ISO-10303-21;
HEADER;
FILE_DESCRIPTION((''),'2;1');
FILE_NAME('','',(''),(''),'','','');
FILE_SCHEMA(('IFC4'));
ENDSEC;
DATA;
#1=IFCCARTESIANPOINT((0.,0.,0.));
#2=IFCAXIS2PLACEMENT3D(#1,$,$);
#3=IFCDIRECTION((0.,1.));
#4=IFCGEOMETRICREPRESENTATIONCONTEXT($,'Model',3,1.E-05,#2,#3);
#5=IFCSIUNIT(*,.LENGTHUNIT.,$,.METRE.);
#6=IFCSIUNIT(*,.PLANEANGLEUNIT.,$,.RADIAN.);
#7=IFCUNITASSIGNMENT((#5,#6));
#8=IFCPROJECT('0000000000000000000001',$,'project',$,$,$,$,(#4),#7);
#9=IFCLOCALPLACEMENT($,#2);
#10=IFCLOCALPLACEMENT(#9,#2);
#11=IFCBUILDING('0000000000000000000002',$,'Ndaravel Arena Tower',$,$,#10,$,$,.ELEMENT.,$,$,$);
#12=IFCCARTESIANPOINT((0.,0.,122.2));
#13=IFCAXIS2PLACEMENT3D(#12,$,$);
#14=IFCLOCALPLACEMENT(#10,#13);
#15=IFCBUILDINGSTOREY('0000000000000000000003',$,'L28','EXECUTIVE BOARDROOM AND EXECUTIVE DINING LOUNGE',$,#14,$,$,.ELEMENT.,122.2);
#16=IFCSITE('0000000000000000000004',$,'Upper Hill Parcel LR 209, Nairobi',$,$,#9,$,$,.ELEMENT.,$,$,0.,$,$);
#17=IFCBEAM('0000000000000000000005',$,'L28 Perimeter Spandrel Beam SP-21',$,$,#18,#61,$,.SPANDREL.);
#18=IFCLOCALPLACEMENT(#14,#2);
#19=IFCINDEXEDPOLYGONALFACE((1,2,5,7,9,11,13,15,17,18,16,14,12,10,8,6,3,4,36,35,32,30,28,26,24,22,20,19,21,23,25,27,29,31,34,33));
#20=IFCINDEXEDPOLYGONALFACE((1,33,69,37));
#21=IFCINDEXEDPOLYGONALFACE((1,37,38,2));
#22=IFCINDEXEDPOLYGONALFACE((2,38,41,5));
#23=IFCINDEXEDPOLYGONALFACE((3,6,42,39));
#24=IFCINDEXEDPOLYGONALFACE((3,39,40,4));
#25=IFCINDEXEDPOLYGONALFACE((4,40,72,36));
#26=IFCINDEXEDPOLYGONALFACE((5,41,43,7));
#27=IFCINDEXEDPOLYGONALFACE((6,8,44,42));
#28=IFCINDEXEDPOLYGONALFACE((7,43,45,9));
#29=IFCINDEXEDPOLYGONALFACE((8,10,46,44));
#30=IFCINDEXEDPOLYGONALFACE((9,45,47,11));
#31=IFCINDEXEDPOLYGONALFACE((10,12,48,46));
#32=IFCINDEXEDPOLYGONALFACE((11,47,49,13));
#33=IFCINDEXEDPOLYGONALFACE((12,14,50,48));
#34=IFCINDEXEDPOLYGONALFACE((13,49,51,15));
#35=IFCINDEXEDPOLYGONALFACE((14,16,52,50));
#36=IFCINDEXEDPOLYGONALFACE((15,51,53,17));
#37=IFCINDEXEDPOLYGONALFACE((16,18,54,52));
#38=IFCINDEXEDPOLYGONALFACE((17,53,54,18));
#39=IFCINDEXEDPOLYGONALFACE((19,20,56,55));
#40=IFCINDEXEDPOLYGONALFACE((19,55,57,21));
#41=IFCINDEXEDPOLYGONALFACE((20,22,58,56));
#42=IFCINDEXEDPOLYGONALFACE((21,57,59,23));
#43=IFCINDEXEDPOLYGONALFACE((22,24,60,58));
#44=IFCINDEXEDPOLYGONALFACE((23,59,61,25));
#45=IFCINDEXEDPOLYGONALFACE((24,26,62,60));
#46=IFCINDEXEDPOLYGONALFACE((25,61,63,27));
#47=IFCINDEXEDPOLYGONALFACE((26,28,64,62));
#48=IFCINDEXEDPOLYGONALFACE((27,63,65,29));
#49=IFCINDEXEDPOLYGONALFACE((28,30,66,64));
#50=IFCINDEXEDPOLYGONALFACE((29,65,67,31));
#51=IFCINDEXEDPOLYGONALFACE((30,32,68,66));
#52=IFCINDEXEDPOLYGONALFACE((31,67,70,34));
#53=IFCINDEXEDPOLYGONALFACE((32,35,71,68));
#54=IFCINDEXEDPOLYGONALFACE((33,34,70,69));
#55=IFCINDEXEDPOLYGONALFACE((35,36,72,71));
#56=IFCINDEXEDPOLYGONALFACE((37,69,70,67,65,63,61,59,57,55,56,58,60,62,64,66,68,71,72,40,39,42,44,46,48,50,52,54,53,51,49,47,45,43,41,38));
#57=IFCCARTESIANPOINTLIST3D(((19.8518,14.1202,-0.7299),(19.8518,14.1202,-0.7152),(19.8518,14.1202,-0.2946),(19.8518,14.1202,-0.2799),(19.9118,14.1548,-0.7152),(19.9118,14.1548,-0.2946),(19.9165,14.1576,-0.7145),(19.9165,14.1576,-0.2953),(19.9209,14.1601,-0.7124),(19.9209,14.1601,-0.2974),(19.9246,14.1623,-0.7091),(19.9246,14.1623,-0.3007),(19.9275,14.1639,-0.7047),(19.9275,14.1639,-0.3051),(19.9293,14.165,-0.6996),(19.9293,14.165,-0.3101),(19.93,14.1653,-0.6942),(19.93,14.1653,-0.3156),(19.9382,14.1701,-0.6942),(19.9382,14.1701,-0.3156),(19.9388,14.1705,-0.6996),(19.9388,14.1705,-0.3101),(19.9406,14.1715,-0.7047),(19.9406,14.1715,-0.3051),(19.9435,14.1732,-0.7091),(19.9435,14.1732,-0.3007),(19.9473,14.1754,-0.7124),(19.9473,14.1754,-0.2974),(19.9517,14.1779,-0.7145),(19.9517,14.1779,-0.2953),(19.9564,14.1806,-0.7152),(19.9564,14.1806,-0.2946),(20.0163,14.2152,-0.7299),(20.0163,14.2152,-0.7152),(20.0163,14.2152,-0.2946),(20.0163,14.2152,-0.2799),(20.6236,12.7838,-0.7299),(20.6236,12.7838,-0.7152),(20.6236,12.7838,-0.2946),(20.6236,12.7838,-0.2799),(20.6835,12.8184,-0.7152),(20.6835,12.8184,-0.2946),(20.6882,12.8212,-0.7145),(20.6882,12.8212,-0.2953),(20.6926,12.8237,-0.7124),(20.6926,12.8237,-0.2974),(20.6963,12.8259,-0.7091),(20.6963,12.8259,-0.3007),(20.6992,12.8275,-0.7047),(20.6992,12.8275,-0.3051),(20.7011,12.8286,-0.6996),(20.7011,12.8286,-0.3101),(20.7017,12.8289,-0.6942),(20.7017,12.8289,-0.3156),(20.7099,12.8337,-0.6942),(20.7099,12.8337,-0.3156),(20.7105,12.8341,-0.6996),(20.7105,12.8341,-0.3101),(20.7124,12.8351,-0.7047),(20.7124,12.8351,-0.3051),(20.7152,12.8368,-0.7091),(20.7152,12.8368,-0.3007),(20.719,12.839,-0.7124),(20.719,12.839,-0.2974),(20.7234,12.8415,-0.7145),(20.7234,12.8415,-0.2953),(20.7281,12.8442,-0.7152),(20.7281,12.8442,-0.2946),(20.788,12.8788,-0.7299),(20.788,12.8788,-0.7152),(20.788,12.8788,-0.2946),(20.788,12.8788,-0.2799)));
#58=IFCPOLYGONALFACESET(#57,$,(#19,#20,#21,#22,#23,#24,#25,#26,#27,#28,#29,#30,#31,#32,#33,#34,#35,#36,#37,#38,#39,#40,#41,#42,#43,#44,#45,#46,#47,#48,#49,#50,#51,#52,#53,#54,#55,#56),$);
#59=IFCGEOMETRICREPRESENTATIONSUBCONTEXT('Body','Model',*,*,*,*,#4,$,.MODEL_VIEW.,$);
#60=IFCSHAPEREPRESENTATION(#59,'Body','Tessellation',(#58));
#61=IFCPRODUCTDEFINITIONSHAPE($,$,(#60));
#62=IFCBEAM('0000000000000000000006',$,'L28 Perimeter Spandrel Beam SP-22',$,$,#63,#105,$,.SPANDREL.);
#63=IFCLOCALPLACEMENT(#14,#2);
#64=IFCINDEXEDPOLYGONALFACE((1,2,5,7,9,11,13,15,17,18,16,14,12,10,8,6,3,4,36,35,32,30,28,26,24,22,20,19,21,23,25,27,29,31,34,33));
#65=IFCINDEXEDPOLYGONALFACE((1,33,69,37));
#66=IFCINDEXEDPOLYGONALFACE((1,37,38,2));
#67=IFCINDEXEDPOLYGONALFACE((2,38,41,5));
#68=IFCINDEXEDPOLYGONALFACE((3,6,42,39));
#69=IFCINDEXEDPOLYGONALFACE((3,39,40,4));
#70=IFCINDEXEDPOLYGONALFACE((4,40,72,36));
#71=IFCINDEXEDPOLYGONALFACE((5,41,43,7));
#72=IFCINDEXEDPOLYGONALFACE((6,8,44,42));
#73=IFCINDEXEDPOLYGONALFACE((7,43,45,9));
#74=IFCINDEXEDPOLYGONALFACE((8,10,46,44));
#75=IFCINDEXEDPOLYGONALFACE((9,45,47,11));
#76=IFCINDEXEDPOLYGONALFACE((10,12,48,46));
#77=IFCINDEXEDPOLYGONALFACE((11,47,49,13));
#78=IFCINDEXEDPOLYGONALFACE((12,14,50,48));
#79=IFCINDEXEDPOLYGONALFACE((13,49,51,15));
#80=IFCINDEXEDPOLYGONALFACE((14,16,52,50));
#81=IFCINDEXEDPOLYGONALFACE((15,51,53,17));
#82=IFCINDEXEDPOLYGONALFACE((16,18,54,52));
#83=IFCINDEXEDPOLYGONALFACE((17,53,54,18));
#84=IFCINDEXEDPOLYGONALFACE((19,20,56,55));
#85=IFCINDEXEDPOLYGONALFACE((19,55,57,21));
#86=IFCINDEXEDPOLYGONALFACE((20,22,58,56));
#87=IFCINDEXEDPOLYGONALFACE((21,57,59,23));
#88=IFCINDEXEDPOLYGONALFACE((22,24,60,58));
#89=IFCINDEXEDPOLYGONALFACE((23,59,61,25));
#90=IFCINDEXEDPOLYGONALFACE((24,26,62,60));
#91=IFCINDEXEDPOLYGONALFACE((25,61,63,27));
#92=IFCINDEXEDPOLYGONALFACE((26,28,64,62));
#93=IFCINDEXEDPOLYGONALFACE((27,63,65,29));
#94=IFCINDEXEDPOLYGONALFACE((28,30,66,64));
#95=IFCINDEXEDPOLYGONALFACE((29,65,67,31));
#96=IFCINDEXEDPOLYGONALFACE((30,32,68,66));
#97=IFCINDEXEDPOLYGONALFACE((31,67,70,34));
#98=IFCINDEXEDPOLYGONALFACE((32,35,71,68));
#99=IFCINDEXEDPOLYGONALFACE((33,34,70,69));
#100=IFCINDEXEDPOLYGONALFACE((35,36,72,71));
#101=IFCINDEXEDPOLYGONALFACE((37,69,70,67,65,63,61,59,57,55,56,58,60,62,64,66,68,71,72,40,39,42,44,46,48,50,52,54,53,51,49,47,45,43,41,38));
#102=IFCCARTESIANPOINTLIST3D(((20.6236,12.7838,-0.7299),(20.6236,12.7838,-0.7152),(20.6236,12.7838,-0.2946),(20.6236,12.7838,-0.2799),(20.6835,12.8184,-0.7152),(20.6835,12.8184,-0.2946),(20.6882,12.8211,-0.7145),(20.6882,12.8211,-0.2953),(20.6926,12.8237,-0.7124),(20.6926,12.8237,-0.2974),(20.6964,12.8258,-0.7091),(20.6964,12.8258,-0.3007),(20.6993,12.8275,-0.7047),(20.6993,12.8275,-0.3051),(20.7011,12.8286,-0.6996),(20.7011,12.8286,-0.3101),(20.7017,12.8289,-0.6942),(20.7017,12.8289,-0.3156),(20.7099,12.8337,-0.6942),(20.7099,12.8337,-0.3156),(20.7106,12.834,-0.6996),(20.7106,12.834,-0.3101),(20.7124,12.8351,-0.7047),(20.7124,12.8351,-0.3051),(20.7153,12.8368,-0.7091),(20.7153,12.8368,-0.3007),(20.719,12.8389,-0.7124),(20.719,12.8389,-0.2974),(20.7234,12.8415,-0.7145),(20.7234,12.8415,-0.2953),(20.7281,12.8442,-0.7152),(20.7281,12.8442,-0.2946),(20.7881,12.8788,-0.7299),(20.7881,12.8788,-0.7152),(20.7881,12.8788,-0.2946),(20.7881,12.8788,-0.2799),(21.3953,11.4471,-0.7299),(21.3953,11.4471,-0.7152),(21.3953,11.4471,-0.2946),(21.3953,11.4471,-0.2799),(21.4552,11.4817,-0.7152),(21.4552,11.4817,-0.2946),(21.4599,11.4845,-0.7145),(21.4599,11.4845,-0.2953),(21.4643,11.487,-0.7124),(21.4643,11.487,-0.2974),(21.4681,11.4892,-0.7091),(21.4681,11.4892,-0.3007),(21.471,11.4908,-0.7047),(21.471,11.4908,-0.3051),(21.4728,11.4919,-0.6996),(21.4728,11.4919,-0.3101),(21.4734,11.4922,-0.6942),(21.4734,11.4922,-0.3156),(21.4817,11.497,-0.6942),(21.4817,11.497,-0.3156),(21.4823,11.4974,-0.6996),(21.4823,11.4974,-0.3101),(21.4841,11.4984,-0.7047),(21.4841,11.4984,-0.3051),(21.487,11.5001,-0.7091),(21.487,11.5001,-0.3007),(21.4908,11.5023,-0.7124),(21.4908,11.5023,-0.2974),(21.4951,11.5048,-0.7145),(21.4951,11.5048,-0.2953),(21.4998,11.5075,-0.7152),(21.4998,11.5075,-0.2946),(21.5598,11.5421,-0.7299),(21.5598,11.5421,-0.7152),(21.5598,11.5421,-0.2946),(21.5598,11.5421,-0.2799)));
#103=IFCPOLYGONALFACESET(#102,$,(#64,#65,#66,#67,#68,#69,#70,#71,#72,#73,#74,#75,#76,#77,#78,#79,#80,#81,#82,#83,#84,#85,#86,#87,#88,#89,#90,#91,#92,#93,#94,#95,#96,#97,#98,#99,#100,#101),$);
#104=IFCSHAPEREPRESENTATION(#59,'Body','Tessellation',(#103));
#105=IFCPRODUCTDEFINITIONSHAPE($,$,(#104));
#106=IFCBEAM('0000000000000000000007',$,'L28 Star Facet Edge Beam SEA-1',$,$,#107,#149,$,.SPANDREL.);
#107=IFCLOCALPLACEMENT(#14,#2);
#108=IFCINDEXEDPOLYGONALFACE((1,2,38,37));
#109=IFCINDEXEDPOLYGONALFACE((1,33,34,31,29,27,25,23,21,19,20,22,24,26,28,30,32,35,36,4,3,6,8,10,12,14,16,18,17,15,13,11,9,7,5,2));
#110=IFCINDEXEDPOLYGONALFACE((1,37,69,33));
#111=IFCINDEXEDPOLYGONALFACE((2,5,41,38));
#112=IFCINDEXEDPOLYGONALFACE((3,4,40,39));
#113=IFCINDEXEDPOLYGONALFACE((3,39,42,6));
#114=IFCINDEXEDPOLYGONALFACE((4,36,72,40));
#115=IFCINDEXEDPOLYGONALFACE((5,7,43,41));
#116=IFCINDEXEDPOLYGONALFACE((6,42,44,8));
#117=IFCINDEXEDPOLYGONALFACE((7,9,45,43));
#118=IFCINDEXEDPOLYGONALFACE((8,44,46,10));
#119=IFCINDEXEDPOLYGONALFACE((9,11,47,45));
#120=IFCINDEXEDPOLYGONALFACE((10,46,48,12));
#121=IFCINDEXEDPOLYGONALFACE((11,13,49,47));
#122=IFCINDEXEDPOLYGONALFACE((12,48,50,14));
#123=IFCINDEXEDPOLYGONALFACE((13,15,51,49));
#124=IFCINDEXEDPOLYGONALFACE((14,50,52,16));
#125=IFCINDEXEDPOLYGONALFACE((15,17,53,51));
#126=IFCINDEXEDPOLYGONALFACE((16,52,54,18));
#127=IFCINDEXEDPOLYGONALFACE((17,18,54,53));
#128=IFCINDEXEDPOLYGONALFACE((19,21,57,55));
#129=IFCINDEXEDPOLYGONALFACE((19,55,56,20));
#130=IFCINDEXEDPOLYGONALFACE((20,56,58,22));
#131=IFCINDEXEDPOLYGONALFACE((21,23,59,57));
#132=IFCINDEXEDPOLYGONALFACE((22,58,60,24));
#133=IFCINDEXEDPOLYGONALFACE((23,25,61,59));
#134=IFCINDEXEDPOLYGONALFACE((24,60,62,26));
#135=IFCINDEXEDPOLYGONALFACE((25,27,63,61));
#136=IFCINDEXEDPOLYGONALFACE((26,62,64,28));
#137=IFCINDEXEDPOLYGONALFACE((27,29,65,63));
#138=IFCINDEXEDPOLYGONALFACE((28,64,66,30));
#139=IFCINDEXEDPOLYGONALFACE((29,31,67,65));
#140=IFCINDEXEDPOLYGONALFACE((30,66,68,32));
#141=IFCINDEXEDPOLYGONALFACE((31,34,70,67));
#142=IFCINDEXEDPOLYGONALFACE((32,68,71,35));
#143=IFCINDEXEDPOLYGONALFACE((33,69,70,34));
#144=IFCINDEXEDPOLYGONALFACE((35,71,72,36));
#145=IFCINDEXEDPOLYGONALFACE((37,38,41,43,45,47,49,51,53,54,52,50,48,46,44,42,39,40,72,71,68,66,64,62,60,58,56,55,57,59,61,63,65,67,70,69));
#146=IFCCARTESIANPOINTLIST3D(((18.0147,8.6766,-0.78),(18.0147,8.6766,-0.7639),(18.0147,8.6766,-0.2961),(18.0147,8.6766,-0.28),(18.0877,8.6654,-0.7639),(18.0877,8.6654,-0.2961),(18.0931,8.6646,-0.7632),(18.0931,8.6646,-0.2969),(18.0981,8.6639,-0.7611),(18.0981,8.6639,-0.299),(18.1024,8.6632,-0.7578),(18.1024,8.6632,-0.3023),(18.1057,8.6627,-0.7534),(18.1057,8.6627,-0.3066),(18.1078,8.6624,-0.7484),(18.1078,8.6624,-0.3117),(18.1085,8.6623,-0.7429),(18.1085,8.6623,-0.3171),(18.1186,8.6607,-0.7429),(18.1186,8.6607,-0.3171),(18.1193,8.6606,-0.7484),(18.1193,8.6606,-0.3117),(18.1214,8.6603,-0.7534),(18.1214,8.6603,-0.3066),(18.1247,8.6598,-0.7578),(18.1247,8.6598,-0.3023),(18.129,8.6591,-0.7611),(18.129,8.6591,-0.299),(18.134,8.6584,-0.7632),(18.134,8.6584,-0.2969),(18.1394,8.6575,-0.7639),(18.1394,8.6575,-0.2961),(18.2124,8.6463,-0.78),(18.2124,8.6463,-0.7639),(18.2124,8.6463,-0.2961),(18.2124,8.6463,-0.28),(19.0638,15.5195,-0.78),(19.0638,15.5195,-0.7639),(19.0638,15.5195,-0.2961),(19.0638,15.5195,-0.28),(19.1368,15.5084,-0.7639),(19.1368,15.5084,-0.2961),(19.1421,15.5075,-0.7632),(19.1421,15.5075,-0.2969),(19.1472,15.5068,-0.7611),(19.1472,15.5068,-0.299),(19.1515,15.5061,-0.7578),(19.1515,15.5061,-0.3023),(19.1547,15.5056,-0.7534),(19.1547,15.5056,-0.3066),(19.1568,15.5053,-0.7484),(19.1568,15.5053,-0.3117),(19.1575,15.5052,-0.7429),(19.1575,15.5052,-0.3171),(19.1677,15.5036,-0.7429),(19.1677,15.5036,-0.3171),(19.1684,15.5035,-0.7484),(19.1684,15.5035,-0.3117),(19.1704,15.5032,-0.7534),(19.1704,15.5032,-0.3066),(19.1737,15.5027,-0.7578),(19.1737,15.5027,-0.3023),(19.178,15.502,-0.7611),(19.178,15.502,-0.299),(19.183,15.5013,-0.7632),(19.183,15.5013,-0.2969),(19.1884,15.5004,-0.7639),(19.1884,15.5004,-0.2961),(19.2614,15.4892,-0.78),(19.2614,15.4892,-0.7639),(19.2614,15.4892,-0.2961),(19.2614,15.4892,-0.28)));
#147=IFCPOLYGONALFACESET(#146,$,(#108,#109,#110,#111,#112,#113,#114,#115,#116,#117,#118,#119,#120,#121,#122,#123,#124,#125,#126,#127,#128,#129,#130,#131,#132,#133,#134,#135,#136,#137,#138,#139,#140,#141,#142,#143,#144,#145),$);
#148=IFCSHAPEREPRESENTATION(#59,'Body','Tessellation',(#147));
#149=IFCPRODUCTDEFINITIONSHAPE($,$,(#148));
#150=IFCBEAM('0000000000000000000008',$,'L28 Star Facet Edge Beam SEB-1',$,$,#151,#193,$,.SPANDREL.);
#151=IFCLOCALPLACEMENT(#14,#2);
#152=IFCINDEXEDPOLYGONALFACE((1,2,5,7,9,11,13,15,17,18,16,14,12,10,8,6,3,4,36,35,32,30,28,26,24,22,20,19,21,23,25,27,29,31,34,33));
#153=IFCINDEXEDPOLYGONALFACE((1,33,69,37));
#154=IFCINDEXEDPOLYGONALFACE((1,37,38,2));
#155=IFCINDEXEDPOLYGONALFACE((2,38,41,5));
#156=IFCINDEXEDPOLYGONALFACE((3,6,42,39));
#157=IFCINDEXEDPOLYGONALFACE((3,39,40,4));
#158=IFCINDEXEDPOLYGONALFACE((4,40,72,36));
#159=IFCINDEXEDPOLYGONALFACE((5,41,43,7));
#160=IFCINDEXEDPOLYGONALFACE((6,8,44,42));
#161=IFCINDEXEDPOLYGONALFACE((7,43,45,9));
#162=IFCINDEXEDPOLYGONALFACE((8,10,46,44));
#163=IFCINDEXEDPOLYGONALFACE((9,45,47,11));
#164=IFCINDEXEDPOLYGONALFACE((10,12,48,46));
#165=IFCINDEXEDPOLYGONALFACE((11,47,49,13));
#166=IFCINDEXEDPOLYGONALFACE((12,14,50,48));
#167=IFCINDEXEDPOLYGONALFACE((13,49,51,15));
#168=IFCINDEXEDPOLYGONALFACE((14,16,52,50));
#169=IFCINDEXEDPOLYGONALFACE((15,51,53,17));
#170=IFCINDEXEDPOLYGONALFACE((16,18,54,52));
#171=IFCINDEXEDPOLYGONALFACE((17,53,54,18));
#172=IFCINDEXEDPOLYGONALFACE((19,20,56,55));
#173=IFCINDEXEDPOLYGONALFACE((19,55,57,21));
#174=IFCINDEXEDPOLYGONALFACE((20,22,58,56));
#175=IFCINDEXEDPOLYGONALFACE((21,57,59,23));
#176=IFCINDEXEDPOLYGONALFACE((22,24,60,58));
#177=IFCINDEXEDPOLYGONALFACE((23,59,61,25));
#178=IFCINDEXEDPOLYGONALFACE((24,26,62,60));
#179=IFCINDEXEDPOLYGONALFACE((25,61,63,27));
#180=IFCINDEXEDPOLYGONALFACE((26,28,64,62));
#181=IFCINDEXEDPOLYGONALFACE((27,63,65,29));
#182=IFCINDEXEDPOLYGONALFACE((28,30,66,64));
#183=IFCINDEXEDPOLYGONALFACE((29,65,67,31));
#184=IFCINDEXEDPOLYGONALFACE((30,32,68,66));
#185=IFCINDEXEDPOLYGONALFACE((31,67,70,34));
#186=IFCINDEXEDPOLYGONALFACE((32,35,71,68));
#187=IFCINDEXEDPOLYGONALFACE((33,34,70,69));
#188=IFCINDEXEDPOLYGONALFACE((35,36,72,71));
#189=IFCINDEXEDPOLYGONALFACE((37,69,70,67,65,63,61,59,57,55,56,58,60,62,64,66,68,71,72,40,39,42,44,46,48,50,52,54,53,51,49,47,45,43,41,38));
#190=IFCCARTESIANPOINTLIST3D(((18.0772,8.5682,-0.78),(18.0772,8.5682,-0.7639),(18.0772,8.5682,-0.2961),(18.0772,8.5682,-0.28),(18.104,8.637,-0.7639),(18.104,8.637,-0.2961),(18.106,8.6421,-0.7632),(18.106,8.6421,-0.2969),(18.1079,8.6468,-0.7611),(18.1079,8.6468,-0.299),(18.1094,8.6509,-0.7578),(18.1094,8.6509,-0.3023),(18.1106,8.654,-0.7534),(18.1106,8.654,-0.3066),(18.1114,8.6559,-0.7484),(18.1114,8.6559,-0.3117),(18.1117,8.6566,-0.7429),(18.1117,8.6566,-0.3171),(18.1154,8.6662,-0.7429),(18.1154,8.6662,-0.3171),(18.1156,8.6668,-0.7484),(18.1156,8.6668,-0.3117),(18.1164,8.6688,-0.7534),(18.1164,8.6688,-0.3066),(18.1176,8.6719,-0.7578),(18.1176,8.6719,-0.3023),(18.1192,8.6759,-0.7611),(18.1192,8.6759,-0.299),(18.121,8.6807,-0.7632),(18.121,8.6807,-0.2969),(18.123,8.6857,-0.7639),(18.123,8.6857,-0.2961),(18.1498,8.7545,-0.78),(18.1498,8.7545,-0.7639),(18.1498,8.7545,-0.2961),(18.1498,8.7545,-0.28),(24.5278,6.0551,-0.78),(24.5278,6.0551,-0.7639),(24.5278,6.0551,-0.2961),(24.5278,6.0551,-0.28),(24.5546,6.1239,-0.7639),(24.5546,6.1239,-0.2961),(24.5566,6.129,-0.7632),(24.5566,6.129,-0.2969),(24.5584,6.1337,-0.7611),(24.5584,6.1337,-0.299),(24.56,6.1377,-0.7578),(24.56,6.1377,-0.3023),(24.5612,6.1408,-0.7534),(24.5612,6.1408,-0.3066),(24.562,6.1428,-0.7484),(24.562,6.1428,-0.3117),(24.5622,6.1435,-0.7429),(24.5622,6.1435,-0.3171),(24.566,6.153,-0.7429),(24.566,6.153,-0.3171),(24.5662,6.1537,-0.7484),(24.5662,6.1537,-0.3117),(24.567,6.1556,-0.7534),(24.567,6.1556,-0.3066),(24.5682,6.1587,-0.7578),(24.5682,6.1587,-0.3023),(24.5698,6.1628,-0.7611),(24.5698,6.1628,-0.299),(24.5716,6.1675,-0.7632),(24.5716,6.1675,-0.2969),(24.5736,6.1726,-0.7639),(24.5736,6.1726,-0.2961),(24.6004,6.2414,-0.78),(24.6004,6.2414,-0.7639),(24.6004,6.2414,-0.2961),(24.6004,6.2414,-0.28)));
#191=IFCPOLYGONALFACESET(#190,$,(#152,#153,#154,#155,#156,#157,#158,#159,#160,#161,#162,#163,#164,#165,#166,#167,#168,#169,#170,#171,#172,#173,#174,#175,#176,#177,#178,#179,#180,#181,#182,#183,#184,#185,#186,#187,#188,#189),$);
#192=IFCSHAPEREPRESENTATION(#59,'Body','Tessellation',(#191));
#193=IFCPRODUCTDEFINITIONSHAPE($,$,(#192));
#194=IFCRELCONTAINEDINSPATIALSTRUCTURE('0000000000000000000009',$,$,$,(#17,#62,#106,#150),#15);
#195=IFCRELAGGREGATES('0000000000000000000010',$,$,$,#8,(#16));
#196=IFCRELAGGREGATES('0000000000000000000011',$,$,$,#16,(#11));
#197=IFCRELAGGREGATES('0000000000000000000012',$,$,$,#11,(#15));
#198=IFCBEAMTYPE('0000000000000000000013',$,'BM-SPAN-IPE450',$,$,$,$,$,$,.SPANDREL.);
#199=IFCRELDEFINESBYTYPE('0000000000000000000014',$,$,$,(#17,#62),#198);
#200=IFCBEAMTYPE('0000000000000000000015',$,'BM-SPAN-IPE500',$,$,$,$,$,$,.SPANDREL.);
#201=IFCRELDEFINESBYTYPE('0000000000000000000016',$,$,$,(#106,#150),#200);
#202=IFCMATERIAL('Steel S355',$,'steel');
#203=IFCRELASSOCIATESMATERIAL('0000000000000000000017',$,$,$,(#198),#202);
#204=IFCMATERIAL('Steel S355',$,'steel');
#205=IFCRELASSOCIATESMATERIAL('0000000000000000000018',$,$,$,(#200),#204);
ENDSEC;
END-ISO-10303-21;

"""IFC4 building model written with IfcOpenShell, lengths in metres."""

from ifc_helpers import new_model, si_unit, direction, frame, origin, origin_2d, place, context, subcontext, project, spatial, i_section, extrude, material, material_profile, profile_set, type_object, element, save


model = new_model("IFC4")

# Units and contexts
model_context = context("Model", 3, precision=1e-05, world=origin(), true_north=direction((0.0, 1.0)))
body_context = subcontext(model_context, "Body", "Model", "MODEL_VIEW")
ifc_project = project(units=[si_unit("LENGTHUNIT", "METRE"), si_unit("PLANEANGLEUNIT", "RADIAN")], contexts=[model_context])

# Site, building, storey
site_placement = place(None, origin())
site = spatial("IfcSite", under=ifc_project, at=site_placement, Name="Upper Hill Parcel LR 209, Nairobi", CompositionType="ELEMENT", RefElevation=0.0)
building_placement = place(site_placement, origin())
building = spatial("IfcBuilding", under=site, at=building_placement, Name="Ndaravel Arena Tower", CompositionType="ELEMENT")
storey_placement = place(building_placement, frame((0.0, 0.0, 122.2)))
storey = spatial("IfcBuildingStorey", under=building, at=storey_placement, Name="L28", Description="EXECUTIVE BOARDROOM AND EXECUTIVE DINING LOUNGE", CompositionType="ELEMENT", Elevation=122.2)

# Beams
ifc_material_1 = material(Name="Steel S355", Category="steel")
ifc_material_profile_1 = material_profile(ifc_material_1, i_section(OverallWidth=0.1899, OverallDepth=0.45, WebThickness=0.0095, FlangeThickness=0.0146, FilletRadius=0.021, at=origin_2d()), Name="IPE 450")
ifc_profile_set_1 = profile_set([ifc_material_profile_1], Name="Steel S355")
beam_type_1 = type_object("IfcBeamType", Name="BM-SPAN-IPE450", PredefinedType="SPANDREL", material=ifc_profile_set_1)
for number, where, z_axis, x_axis, name in (
    (1, (19.9341, 14.1677, -0.5049), (0.500069, -0.865985, 0.0), (0.865985, 0.500069, 0.0), "L28 Perimeter Spandrel Beam SP-21"),
):
    element("IfcBeam", number, at=place(storey_placement, frame(where, z_axis=z_axis, x_axis=x_axis)), inside=storey, type_object=beam_type_1, Name=name, PredefinedType="SPANDREL", context=body_context, shape_type="SweptSolid", body=[
        extrude(i_section(OverallWidth=0.1899, OverallDepth=0.45, WebThickness=0.0095, FlangeThickness=0.0146, FilletRadius=0.021, at=origin_2d()), origin(), (0.0, 0.0, 1.0), 1.5432),
    ])
beam_placement = place(storey_placement, frame((20.7058, 12.8313, -0.5049), z_axis=(0.500001, -0.866025, 0.0), x_axis=(0.866025, 0.500001, 0.0)))
element("IfcBeam", 2, at=beam_placement, inside=storey, type_object=beam_type_1, Name="L28 Perimeter Spandrel Beam SP-22", PredefinedType="SPANDREL", context=body_context, shape_type="SweptSolid", body=[
    extrude(i_section(OverallWidth=0.1899, OverallDepth=0.45, WebThickness=0.0095, FlangeThickness=0.0146, FilletRadius=0.021, at=origin_2d()), origin(), (0.0, 0.0, 1.0), 1.5435),
])
ifc_material_2 = material(Name="Steel S355", Category="steel")
ifc_material_profile_2 = material_profile(ifc_material_2, i_section(OverallWidth=0.2, OverallDepth=0.5, WebThickness=0.0103, FlangeThickness=0.0161, FilletRadius=0.021, at=origin_2d()), Name="IPE 500")
ifc_profile_set_2 = profile_set([ifc_material_profile_2], Name="Steel S355")
beam_type_2 = type_object("IfcBeamType", Name="BM-SPAN-IPE500", PredefinedType="SPANDREL", material=ifc_profile_set_2)
for number, where, z_axis, x_axis, name in (
    (3, (19.1626, 15.5044, -0.53), (-0.151535, -0.988452, 0.0), (0.988452, -0.151535, 0.0), "L28 Star Facet Edge Beam SEA-1"),
    (4, (18.1135, 8.6614, -0.53), (0.931781, -0.363021, 0.0), (0.363021, 0.931781, 0.0), "L28 Star Facet Edge Beam SEB-1"),
):
    element("IfcBeam", number, at=place(storey_placement, frame(where, z_axis=z_axis, x_axis=x_axis)), inside=storey, type_object=beam_type_2, Name=name, PredefinedType="SPANDREL", context=body_context, shape_type="SweptSolid", body=[
        extrude(i_section(OverallWidth=0.2, OverallDepth=0.5, WebThickness=0.0103, FlangeThickness=0.0161, FilletRadius=0.021, at=origin_2d()), origin(), (0.0, 0.0, 1.0), 6.9229),
    ])

save(model, "model.ifc")
